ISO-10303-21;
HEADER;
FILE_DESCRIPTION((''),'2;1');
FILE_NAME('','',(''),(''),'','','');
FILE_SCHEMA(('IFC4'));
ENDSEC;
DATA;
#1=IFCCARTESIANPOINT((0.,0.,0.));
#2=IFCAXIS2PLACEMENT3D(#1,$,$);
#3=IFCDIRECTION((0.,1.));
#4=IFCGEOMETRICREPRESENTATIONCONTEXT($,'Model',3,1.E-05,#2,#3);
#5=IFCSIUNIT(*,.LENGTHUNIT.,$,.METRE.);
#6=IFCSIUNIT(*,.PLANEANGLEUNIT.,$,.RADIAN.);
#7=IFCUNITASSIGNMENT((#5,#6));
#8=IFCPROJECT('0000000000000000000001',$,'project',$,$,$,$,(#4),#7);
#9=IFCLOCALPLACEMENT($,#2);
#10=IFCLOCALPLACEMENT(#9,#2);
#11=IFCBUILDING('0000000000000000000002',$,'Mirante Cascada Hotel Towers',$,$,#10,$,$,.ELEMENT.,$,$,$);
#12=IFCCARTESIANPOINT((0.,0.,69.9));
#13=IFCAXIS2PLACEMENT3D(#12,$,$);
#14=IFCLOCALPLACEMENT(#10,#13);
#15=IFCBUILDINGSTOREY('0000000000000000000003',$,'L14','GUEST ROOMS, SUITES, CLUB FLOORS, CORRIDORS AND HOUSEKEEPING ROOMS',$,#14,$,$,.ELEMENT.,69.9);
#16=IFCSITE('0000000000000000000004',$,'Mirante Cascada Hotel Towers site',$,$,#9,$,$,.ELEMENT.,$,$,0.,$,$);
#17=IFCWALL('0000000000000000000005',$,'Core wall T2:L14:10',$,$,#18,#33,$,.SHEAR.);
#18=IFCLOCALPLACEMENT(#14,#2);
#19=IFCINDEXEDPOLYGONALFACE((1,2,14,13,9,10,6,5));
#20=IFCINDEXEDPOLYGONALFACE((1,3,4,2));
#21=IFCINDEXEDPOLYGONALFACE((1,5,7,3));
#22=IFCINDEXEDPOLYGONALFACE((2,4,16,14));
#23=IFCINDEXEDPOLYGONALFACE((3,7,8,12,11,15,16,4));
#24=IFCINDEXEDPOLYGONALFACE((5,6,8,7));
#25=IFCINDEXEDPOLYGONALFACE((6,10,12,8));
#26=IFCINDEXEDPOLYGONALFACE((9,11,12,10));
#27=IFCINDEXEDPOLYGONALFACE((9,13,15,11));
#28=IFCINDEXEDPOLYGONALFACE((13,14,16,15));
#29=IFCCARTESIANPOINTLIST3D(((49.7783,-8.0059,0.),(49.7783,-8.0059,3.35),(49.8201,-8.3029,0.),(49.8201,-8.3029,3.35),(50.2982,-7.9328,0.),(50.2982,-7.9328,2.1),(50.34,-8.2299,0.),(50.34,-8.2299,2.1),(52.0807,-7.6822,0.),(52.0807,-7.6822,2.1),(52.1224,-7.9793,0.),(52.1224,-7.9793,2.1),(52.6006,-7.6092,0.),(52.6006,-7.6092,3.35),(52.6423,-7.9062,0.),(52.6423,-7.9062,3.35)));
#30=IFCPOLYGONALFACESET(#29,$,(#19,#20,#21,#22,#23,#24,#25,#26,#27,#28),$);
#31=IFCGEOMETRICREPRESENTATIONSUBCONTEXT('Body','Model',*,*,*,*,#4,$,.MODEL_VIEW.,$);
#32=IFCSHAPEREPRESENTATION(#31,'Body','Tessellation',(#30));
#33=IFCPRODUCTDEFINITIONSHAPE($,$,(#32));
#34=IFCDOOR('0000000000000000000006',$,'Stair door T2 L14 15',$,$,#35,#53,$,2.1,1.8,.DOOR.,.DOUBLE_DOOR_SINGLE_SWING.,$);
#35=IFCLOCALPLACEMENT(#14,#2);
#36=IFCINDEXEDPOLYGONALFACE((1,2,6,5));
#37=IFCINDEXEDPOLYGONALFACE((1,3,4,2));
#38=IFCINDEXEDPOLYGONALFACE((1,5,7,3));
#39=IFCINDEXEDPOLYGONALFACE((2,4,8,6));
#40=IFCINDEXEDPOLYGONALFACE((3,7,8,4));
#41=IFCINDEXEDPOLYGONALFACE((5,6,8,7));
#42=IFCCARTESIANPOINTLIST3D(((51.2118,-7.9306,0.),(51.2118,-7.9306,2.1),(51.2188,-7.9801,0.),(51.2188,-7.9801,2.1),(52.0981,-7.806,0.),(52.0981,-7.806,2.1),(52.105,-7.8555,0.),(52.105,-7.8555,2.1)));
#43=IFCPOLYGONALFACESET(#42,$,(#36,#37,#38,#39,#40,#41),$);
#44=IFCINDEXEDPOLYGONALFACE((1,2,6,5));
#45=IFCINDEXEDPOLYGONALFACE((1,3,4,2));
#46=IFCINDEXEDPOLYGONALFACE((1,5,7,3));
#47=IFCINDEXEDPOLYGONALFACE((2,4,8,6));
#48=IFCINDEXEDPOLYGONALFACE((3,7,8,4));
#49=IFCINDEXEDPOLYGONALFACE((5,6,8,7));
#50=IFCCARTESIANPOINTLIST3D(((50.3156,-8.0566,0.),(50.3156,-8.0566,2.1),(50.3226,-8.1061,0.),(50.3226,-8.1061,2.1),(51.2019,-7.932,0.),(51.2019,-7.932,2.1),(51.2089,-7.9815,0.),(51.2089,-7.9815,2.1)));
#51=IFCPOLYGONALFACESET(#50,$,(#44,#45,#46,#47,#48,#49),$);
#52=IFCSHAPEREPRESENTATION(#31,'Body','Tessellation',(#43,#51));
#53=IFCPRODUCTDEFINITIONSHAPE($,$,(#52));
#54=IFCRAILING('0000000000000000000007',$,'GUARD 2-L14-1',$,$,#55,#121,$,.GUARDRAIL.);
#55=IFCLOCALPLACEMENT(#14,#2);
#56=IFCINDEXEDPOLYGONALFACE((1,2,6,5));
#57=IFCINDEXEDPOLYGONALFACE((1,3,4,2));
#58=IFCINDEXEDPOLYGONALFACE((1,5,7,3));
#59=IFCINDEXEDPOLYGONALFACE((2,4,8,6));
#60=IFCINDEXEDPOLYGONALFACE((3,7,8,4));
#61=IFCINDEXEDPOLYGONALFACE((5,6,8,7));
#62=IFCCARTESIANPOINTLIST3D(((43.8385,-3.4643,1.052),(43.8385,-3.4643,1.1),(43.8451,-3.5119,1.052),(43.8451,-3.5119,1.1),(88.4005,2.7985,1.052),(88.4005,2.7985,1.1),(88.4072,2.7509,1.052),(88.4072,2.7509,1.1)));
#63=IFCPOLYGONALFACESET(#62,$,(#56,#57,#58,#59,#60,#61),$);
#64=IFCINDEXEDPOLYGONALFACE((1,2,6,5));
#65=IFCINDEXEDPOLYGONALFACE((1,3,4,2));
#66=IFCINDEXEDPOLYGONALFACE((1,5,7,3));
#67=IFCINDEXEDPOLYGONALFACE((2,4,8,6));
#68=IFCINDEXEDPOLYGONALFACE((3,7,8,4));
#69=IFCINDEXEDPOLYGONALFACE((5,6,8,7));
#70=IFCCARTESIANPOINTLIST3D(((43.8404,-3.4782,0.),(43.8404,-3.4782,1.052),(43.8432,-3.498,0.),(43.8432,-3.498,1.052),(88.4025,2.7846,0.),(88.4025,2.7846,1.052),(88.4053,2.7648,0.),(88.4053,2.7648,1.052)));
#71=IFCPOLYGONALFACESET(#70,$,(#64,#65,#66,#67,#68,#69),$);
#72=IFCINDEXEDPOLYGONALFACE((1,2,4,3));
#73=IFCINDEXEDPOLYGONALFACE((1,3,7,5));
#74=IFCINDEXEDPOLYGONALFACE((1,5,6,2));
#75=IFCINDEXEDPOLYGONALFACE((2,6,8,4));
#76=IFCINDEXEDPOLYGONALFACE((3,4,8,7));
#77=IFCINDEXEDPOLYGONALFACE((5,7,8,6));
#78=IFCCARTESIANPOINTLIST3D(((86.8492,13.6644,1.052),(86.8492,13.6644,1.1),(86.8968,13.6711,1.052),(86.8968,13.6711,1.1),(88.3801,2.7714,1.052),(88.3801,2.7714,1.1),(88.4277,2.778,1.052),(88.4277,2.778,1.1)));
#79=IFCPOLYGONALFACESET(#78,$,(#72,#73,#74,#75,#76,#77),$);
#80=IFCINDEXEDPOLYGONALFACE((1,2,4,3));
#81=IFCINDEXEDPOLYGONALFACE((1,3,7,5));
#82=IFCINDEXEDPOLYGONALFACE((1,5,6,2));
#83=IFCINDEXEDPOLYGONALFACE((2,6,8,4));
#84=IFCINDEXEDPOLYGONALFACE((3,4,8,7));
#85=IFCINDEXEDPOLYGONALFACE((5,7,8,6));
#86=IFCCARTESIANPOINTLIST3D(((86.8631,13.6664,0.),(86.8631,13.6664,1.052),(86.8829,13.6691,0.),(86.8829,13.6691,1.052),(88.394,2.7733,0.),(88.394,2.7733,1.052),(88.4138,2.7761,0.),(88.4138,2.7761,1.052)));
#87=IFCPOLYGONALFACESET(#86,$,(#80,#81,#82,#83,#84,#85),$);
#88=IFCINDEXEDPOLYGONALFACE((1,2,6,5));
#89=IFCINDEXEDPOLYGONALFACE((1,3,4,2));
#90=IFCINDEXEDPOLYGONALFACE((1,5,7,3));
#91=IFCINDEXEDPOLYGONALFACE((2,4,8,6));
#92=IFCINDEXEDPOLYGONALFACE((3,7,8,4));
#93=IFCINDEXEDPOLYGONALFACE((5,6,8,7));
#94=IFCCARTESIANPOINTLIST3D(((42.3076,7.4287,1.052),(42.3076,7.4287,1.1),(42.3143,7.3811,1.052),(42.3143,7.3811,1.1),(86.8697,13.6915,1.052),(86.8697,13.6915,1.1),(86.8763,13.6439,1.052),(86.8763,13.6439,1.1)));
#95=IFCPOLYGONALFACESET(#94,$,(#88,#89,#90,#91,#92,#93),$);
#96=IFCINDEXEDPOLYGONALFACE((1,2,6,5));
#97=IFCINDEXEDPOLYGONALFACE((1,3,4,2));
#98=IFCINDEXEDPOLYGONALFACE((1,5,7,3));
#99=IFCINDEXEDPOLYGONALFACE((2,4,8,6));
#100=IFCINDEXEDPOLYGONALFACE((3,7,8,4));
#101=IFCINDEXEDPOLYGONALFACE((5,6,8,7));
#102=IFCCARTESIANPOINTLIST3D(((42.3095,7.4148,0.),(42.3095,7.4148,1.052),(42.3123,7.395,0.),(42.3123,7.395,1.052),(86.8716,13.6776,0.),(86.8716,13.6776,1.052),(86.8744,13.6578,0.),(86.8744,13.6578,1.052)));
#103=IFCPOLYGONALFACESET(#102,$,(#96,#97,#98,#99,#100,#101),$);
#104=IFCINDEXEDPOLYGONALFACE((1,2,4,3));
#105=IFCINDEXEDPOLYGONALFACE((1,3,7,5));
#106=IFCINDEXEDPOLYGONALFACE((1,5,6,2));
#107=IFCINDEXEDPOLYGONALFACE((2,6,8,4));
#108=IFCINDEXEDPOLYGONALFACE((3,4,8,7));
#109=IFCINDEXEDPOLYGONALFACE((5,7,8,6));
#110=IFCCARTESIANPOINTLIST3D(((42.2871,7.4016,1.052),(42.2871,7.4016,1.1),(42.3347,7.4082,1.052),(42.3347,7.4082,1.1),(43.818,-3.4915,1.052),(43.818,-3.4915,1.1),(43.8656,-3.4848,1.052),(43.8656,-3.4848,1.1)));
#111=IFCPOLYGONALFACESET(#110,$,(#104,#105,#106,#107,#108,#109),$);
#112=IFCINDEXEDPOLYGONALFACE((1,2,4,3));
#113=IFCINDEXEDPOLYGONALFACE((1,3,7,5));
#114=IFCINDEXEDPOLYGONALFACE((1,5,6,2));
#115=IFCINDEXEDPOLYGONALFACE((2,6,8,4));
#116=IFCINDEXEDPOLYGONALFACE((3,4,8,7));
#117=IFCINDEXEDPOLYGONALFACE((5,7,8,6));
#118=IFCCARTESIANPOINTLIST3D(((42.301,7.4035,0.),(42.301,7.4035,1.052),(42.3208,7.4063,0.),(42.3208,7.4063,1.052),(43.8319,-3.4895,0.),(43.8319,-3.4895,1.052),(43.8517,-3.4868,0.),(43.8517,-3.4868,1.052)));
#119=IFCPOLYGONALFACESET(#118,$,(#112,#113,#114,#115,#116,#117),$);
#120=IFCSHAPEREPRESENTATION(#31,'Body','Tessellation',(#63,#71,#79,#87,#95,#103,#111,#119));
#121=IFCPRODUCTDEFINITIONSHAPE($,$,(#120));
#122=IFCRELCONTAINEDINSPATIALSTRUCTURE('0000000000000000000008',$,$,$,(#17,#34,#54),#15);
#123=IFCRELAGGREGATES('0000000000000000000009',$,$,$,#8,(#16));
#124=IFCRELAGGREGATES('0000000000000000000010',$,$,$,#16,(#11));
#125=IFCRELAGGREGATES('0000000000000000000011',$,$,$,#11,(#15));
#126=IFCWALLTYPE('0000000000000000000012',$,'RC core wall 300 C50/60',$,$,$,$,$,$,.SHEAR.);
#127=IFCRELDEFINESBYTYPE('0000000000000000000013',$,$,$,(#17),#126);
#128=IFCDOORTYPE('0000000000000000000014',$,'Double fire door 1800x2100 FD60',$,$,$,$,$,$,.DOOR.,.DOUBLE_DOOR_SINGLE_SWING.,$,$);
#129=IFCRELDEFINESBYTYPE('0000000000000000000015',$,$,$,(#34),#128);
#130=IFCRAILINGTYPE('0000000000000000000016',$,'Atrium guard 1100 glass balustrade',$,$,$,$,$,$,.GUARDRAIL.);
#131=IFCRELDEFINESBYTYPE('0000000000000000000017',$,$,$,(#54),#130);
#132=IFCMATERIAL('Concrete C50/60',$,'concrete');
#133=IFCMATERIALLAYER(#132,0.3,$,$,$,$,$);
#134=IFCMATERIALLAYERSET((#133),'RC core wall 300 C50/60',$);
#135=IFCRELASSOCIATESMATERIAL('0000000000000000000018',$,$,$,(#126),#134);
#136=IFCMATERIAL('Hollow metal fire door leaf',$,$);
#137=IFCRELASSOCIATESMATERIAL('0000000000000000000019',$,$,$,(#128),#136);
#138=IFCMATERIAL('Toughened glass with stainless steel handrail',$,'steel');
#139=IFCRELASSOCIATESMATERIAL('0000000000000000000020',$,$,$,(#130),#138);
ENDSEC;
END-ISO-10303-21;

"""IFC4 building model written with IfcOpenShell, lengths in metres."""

from ifc_helpers import new_model, si_unit, direction, frame, frame_2d, origin, origin_2d, place, context, subcontext, project, spatial, rectangle, extrude, material, layer, layer_set, type_object, element, fill, save


model = new_model("IFC4")

# Units and contexts
model_context = context("Model", 3, precision=1e-05, world=origin(), true_north=direction((0.0, 1.0)))
body_context = subcontext(model_context, "Body", "Model", "MODEL_VIEW")
ifc_project = project(units=[si_unit("LENGTHUNIT", "METRE"), si_unit("PLANEANGLEUNIT", "RADIAN")], contexts=[model_context])

# Site, building, storey
site_placement = place(None, origin())
site = spatial("IfcSite", under=ifc_project, at=site_placement, Name="Mirante Cascada Hotel Towers site", CompositionType="ELEMENT", RefElevation=0.0)
building_placement = place(site_placement, origin())
building = spatial("IfcBuilding", under=site, at=building_placement, Name="Mirante Cascada Hotel Towers", CompositionType="ELEMENT")
storey_placement = place(building_placement, frame((0.0, 0.0, 69.9)))
storey = spatial("IfcBuildingStorey", under=building, at=storey_placement, Name="L14", Description="GUEST ROOMS, SUITES, CLUB FLOORS, CORRIDORS AND HOUSEKEEPING ROOMS", CompositionType="ELEMENT", Elevation=69.9)

# Wall, opening, door
ifc_material_1 = material(Name="Concrete C50/60", Category="concrete")
ifc_layer_1 = layer(ifc_material_1, 0.3)
ifc_layer_set_1 = layer_set([ifc_layer_1], Name="RC core wall 300 C50/60")
wall_type_1 = type_object("IfcWallType", Name="RC core wall 300 C50/60", PredefinedType="SHEAR", material=ifc_layer_set_1)
wall_1_placement = place(storey_placement, frame((49.7992, -8.1544, 0.0), z_axis=(0.0, 0.0, 1.0), x_axis=(0.990266, 0.139191, 0.0)))
wall_1 = element("IfcWall", 1, at=wall_1_placement, inside=storey, type_object=wall_type_1, Name="Core wall T2:L14:10", PredefinedType="SHEAR", context=body_context, shape_type="SweptSolid", body=[
    extrude(rectangle(XDim=2.85, YDim=0.3, at=frame_2d((1.425, 0.0))), origin(), (0.0, 0.0, 1.0), 3.35),
])
opening_1_placement = place(wall_1_placement, frame((0.525, 0.0, 0.0)))
opening_1 = element("IfcOpeningElement", 2, at=opening_1_placement, cuts=wall_1, PredefinedType="OPENING", context=body_context, shape_type="SweptSolid", body=[
    extrude(rectangle(XDim=1.8, YDim=2.1, at=frame_2d((0.9, 1.05))), frame((0.0, 0.15, 0.0), z_axis=(0.0, -1.0, 0.0), x_axis=(1.0, 0.0, 0.0)), (0.0, 0.0, 1.0), 0.3),
])
ifc_material_2 = material(Name="Hollow metal fire door leaf")
door_type_1 = type_object("IfcDoorType", Name="Double fire door 1800x2100 FD60", OperationType="DOUBLE_DOOR_SINGLE_SWING", PredefinedType="DOOR", material=ifc_material_2)
door_1_placement = place(opening_1_placement, frame((1.8, 0.0, 0.0), z_axis=(0.0, 0.0, 1.0), x_axis=(-1.0, 0.0, 0.0)))
door_1 = element("IfcDoor", 3, at=door_1_placement, inside=storey, type_object=door_type_1, Name="Stair door T2 L14 15", OperationType="DOUBLE_DOOR_SINGLE_SWING", OverallHeight=2.1, OverallWidth=1.8, PredefinedType="DOOR", context=body_context, shape_type="SweptSolid", body=[
    extrude(rectangle(XDim=0.895, YDim=2.1, at=frame_2d((0.4475, 1.05))), frame((0.0, 0.025, 0.0), z_axis=(0.0, -1.0, 0.0), x_axis=(1.0, 0.0, 0.0)), (0.0, 0.0, 1.0), 0.05),
    extrude(rectangle(XDim=0.895, YDim=2.1, at=frame_2d((1.3525, 1.05))), frame((0.0, 0.025, 0.0), z_axis=(0.0, -1.0, 0.0), x_axis=(1.0, 0.0, 0.0)), (0.0, 0.0, 1.0), 0.05),
])
fill(opening_1, door_1)

# Railing
ifc_material_3 = material(Name="Toughened glass with stainless steel handrail", Category="steel")
railing_type = type_object("IfcRailingType", Name="Atrium guard 1100 glass balustrade", PredefinedType="GUARDRAIL", material=ifc_material_3)
railing_placement = place(storey_placement, frame((43.8418, -3.4881, 0.0)))
element("IfcRailing", 4, at=railing_placement, inside=storey, type_object=railing_type, Name="GUARD 2-L14-1", PredefinedType="GUARDRAIL", context=body_context, shape_type="SweptSolid", body=[
    extrude(rectangle(XDim=0.048, YDim=0.048, at=origin_2d()), frame((0.0, 0.0, 1.076), z_axis=(0.990268, 0.139173, 0.0), x_axis=(-0.139173, 0.990268, 0.0)), (0.0, 0.0, 1.0), 45.0),
    extrude(rectangle(XDim=0.02, YDim=1.052, at=origin_2d()), frame((0.0, 0.0, 0.526), z_axis=(0.990268, 0.139173, 0.0), x_axis=(-0.139173, 0.990268, 0.0)), (0.0, 0.0, 1.0), 45.0),
    extrude(rectangle(XDim=0.048, YDim=0.048, at=origin_2d()), frame((44.5621, 6.2628, 1.076), z_axis=(-0.139172, 0.990268, 0.0), x_axis=(-0.990268, -0.139172, 0.0)), (0.0, 0.0, 1.0), 11.0001),
    extrude(rectangle(XDim=0.02, YDim=1.052, at=origin_2d()), frame((44.5621, 6.2628, 0.526), z_axis=(-0.139172, 0.990268, 0.0), x_axis=(-0.990268, -0.139172, 0.0)), (0.0, 0.0, 1.0), 11.0001),
    extrude(rectangle(XDim=0.048, YDim=0.048, at=origin_2d()), frame((43.0312, 17.1558, 1.076), z_axis=(-0.990268, -0.139173, 0.0), x_axis=(0.139173, -0.990268, 0.0)), (0.0, 0.0, 1.0), 45.0),
    extrude(rectangle(XDim=0.02, YDim=1.052, at=origin_2d()), frame((43.0312, 17.1558, 0.526), z_axis=(-0.990268, -0.139173, 0.0), x_axis=(0.139173, -0.990268, 0.0)), (0.0, 0.0, 1.0), 45.0),
    extrude(rectangle(XDim=0.048, YDim=0.048, at=origin_2d()), frame((-1.5309, 10.893, 1.076), z_axis=(0.139172, -0.990268, 0.0), x_axis=(0.990268, 0.139172, 0.0)), (0.0, 0.0, 1.0), 11.0001),
    extrude(rectangle(XDim=0.02, YDim=1.052, at=origin_2d()), frame((-1.5309, 10.893, 0.526), z_axis=(0.139172, -0.990268, 0.0), x_axis=(0.990268, 0.139172, 0.0)), (0.0, 0.0, 1.0), 11.0001),
])

save(model, "model.ifc")
